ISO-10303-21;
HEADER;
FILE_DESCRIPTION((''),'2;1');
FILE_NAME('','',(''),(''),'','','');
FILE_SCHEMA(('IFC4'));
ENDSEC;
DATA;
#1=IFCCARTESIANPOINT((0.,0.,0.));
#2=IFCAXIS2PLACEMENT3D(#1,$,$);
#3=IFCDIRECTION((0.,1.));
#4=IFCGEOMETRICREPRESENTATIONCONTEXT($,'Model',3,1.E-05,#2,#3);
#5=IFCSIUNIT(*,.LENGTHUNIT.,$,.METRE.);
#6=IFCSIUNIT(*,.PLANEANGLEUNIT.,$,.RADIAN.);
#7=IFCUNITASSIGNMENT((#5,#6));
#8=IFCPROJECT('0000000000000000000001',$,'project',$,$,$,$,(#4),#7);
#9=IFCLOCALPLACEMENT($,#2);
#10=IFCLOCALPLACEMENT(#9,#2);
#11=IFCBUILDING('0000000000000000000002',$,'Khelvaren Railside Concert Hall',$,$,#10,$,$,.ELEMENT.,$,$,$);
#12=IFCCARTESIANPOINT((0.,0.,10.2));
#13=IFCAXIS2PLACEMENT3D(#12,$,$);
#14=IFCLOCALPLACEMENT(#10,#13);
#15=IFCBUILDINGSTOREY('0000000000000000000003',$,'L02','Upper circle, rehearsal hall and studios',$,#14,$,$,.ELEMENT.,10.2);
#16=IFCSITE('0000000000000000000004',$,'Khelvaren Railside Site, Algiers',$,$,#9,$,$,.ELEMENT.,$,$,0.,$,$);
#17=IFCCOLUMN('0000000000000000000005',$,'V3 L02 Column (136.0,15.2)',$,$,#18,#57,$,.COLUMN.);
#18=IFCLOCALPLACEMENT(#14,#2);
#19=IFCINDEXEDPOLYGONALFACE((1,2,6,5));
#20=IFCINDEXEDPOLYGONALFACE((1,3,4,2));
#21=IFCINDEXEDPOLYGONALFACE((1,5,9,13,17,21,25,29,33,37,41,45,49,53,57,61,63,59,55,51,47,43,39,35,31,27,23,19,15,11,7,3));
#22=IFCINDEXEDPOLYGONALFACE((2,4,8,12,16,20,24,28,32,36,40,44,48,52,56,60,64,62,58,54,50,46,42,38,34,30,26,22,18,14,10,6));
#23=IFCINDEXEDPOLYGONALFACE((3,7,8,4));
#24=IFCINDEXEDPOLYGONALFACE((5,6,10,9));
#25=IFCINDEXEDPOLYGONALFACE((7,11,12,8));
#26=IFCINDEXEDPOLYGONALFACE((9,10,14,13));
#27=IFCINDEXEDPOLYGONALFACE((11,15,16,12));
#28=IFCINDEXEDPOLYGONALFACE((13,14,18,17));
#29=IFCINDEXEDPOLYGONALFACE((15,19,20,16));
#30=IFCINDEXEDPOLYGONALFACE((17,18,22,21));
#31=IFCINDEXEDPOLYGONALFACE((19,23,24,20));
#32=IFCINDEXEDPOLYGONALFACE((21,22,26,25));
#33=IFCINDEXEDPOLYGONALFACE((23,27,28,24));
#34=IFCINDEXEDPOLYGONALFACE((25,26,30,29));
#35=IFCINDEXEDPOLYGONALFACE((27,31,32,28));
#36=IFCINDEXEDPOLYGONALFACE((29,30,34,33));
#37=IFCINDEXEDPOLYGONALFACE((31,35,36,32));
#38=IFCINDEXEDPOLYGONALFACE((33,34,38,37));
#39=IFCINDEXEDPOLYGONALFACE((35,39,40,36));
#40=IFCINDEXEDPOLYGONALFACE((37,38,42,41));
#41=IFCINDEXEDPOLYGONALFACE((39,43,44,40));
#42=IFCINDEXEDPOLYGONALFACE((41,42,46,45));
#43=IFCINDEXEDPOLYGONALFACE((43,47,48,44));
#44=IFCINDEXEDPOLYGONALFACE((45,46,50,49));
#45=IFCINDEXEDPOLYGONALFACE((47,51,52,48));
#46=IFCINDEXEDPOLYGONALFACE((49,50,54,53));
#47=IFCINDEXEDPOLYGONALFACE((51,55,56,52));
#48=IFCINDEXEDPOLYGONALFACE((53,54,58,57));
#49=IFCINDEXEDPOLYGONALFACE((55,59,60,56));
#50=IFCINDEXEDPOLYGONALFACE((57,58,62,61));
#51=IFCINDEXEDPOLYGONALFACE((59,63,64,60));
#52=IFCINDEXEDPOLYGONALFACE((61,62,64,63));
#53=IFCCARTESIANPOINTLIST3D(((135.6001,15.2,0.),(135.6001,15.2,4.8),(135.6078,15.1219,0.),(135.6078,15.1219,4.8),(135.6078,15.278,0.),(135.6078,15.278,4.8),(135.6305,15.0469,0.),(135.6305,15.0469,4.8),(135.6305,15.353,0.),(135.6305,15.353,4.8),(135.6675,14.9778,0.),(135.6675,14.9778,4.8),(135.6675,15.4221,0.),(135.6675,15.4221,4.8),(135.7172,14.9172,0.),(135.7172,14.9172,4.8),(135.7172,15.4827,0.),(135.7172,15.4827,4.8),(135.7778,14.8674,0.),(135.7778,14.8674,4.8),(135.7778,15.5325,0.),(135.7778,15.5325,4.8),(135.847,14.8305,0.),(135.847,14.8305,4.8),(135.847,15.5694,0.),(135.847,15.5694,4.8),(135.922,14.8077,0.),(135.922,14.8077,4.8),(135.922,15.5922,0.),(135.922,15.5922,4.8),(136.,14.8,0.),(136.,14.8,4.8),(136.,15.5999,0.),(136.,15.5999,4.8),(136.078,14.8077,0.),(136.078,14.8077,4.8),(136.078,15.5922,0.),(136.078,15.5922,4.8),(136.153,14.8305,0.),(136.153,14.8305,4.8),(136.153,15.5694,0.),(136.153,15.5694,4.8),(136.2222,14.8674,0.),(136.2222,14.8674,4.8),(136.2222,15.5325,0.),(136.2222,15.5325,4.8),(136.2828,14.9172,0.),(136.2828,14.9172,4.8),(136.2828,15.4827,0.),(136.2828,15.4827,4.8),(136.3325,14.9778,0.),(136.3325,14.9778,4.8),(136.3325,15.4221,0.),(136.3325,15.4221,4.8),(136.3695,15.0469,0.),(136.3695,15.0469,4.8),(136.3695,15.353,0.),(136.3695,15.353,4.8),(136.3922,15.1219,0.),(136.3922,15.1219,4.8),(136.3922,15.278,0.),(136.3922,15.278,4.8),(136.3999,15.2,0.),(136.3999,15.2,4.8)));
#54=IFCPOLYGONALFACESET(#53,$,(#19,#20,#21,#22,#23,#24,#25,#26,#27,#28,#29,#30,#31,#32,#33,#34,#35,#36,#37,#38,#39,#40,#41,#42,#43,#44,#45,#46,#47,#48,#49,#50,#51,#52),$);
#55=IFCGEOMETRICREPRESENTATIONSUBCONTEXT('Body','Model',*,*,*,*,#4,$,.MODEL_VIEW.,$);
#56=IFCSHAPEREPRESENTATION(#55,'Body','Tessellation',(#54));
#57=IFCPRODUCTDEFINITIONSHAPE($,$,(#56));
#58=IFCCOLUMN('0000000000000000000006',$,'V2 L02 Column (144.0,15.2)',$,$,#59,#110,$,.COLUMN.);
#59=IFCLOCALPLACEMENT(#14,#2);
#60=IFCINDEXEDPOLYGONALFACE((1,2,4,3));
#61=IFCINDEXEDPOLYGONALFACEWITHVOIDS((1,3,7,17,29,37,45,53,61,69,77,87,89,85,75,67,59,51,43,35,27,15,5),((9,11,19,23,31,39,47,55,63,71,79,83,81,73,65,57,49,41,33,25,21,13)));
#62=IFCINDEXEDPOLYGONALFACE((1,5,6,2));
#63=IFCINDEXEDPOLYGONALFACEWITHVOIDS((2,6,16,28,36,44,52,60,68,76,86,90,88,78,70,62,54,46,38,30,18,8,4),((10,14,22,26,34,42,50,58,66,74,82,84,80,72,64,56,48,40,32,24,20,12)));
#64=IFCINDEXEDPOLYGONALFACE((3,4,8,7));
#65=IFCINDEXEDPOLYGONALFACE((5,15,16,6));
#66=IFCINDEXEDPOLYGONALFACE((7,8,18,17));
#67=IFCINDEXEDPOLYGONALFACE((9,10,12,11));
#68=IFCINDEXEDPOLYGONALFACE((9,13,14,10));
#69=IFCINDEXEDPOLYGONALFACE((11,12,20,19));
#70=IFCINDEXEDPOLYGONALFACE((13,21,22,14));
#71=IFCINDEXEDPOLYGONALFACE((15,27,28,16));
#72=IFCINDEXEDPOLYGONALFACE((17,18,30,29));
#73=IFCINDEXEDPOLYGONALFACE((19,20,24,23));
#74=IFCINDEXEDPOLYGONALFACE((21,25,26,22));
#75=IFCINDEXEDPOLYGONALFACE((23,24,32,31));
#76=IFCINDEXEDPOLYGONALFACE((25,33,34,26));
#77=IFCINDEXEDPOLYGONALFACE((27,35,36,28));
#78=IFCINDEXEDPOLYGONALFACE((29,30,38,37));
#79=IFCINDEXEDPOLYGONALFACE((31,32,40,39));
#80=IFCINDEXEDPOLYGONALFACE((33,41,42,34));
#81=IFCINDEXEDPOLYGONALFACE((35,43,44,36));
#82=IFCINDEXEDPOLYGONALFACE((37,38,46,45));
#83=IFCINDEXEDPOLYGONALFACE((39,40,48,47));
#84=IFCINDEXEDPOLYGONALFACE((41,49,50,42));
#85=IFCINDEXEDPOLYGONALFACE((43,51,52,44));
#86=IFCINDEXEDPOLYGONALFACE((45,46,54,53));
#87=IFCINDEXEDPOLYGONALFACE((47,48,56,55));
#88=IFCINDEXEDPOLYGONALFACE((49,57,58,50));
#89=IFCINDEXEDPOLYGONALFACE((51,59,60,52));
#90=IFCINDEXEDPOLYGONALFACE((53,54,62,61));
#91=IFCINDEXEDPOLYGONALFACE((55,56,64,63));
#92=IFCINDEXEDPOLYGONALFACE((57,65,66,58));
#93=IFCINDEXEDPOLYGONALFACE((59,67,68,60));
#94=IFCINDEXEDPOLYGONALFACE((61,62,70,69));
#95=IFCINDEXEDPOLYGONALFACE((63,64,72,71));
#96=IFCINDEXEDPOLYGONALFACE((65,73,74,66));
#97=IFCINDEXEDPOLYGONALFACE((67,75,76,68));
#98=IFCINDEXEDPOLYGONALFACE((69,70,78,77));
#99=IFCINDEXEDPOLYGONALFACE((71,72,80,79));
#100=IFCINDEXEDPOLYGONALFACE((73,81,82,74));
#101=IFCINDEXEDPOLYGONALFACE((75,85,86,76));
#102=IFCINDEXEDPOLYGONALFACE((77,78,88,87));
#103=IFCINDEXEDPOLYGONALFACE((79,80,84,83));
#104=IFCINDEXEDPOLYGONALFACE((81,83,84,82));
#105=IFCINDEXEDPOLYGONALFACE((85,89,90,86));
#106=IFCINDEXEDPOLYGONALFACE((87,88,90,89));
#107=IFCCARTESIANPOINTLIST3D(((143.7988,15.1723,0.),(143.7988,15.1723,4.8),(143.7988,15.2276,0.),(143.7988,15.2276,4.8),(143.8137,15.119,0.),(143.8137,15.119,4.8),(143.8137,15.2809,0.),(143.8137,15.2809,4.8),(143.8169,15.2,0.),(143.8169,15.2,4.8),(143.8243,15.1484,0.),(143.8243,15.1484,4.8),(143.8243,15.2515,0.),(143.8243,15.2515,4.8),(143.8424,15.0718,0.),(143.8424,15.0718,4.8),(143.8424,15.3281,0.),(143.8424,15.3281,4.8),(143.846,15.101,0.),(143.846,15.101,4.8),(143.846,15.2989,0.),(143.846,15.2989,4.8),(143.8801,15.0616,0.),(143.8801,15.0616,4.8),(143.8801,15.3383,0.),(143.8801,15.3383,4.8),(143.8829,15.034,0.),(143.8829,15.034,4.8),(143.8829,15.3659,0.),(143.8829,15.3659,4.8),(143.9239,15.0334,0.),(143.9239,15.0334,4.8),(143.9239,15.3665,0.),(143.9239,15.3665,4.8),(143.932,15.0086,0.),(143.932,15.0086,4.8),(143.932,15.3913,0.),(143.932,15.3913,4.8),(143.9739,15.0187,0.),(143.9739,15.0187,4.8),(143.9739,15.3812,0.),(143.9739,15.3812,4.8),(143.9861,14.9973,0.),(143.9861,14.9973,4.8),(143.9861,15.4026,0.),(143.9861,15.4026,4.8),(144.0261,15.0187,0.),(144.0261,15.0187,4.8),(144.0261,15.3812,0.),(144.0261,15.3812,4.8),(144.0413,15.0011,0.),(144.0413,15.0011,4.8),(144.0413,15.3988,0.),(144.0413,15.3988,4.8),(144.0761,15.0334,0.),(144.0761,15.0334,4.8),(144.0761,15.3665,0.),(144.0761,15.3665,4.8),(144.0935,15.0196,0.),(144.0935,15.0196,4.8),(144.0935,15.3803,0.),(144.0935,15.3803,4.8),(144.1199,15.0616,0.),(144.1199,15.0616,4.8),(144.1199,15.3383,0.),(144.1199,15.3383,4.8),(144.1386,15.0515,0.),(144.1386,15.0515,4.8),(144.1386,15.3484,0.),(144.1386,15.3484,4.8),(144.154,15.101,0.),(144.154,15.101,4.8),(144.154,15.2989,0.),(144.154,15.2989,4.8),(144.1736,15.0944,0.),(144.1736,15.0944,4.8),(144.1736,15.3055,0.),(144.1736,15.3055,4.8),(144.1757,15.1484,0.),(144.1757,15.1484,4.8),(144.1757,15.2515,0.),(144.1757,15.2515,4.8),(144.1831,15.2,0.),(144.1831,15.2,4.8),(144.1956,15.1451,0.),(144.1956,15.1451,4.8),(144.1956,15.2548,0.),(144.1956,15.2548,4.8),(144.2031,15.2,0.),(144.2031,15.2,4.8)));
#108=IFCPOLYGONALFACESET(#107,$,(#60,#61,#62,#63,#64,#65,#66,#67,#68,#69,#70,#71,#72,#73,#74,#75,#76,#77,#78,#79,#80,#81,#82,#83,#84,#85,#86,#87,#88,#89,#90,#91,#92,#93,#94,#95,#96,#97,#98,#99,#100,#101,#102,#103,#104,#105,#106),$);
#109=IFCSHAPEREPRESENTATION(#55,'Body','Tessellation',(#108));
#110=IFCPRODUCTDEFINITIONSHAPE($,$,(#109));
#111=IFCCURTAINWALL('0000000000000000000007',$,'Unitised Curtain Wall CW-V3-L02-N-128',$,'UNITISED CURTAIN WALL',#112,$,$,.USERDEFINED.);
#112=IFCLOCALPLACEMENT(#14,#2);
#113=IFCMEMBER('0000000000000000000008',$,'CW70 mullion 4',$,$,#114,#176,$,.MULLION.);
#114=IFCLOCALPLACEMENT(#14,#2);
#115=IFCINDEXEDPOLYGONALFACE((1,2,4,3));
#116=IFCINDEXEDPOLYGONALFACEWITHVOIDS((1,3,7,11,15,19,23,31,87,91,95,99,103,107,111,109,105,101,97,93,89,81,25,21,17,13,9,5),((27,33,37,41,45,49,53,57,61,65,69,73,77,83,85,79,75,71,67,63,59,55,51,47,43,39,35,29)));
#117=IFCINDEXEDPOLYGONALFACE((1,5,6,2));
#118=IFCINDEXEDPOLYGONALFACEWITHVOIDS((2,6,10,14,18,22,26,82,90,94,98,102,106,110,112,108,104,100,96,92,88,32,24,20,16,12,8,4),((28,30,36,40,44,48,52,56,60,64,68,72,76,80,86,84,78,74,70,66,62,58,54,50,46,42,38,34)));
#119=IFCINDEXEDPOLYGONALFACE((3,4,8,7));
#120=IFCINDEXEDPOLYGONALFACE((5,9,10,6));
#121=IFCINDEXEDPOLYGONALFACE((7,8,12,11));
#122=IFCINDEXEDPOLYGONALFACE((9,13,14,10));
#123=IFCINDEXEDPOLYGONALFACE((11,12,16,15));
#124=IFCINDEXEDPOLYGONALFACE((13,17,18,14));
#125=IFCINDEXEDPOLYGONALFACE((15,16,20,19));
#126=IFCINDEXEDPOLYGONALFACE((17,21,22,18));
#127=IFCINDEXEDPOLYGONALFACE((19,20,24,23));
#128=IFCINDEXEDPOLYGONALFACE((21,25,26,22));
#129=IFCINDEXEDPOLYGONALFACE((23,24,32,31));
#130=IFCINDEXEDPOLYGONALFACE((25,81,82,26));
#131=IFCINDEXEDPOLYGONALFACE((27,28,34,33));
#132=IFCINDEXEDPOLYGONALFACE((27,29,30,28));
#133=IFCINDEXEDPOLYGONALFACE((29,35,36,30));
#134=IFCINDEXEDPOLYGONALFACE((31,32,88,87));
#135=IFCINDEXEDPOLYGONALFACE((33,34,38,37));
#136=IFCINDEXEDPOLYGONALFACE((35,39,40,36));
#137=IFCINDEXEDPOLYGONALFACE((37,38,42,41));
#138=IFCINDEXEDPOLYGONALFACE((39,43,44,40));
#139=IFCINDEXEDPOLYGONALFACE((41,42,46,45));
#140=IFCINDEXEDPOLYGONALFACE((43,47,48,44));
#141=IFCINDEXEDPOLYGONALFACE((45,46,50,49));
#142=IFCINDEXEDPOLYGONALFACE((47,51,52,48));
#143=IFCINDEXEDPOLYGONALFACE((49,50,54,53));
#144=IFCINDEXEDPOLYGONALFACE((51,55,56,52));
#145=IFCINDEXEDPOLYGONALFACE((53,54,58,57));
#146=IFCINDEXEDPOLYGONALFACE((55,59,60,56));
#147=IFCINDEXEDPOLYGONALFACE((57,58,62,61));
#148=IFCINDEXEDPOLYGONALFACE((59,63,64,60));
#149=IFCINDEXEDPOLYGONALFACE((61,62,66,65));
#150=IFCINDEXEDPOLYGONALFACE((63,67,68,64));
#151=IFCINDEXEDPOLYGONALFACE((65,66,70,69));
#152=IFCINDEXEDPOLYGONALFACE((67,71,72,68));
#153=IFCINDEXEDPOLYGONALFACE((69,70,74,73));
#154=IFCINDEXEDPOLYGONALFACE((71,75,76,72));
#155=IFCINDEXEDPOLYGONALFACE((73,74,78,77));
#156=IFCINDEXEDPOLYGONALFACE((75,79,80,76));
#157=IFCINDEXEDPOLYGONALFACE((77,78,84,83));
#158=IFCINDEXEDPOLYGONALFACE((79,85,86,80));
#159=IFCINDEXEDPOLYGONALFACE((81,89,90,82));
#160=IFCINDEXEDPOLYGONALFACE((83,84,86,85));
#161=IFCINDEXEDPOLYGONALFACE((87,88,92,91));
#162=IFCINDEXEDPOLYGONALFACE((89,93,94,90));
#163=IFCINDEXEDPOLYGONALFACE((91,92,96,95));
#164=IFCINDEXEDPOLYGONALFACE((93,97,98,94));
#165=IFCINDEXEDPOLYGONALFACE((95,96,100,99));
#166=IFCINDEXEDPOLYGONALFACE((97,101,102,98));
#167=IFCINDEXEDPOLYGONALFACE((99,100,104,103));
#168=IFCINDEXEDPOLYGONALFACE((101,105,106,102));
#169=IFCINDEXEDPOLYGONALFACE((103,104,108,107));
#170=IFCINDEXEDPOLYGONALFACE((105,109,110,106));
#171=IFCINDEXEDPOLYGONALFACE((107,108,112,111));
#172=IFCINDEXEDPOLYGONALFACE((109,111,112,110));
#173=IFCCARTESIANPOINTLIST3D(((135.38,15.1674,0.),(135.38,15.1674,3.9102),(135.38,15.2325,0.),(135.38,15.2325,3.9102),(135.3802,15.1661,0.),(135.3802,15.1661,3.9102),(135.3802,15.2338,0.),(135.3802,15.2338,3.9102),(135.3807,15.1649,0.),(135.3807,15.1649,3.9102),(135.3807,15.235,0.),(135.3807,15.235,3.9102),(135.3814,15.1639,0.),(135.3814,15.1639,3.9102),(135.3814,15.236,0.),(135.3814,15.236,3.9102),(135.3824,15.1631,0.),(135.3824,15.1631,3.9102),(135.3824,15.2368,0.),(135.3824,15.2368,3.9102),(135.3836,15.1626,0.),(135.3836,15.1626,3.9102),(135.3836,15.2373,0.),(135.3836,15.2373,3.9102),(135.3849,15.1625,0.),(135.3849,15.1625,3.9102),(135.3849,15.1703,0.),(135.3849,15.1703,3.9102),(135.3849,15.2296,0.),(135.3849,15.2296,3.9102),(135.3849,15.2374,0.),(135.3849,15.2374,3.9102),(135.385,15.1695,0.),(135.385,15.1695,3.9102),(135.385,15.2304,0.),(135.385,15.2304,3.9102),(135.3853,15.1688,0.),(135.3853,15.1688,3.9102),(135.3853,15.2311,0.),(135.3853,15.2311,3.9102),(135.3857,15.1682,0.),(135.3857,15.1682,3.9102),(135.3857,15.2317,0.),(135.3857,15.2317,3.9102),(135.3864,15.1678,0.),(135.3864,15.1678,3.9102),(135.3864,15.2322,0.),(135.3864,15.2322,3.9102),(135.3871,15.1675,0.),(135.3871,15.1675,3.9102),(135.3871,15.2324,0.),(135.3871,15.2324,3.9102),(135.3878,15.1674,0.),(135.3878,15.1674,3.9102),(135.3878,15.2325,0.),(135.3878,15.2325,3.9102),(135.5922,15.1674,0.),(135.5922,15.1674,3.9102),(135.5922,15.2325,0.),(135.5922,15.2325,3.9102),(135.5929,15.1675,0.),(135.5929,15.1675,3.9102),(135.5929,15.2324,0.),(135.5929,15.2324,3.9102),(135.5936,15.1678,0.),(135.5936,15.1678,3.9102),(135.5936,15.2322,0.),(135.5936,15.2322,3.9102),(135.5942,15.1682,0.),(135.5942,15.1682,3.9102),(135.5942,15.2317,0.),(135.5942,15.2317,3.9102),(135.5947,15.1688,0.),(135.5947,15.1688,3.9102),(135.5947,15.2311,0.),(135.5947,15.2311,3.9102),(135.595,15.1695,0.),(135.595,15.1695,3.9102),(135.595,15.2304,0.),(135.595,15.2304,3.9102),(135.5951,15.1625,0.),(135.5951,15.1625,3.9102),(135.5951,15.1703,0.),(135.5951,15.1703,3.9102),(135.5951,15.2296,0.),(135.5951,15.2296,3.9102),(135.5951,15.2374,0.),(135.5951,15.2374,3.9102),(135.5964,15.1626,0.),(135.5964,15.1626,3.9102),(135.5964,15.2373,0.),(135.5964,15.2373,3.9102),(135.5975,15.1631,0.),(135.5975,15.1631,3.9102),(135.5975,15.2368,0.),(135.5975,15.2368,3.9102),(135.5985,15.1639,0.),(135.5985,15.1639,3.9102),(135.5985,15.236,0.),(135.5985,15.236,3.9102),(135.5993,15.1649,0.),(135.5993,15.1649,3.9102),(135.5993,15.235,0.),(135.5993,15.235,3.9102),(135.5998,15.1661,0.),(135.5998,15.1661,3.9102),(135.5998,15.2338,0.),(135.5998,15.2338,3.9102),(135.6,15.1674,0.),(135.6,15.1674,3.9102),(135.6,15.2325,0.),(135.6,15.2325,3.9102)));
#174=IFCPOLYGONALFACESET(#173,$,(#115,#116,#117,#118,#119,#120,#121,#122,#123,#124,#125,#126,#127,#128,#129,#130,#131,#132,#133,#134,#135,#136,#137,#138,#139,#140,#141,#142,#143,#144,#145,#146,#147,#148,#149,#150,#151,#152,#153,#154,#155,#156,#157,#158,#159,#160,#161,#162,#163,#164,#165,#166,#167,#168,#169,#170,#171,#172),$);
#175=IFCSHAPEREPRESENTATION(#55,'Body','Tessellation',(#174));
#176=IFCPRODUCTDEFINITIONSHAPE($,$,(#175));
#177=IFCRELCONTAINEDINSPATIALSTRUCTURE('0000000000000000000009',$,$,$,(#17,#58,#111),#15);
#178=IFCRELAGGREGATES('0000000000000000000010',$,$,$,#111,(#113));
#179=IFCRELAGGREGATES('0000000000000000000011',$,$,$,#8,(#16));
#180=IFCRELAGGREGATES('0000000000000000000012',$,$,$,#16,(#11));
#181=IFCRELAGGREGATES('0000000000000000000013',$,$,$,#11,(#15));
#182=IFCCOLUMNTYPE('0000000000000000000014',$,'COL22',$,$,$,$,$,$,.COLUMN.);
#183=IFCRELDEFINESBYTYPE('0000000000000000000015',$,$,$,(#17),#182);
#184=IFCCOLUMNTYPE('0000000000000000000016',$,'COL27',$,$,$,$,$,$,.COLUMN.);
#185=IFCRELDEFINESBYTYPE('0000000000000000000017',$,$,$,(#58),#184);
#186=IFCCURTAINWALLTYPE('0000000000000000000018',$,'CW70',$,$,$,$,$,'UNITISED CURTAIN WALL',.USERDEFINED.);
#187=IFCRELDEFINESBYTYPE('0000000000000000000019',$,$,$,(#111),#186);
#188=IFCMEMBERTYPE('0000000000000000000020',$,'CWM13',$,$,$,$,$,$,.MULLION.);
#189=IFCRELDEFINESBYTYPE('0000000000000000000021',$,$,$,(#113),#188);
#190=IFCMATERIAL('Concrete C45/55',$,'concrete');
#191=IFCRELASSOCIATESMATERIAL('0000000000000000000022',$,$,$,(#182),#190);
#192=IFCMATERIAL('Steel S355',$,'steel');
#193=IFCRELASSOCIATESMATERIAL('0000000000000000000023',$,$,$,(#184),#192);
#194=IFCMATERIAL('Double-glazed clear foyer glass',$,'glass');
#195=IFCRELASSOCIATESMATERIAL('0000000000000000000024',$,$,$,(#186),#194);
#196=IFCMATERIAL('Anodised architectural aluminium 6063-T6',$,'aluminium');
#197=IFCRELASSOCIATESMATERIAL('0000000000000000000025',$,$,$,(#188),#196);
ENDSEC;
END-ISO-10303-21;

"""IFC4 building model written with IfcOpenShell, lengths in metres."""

from ifc_helpers import new_model, si_unit, direction, frame, origin, origin_2d, place, context, subcontext, project, spatial, hollow_rectangle, circle, hollow_circle, extrude, material, material_profile, profile_set, type_object, element, aggregate, save


model = new_model("IFC4")

# Units and contexts
model_context = context("Model", 3, precision=1e-05, world=origin(), true_north=direction((0.0, 1.0)))
body_context = subcontext(model_context, "Body", "Model", "MODEL_VIEW")
ifc_project = project(units=[si_unit("LENGTHUNIT", "METRE"), si_unit("PLANEANGLEUNIT", "RADIAN")], contexts=[model_context])

# Site, building, storey
site_placement = place(None, origin())
site = spatial("IfcSite", under=ifc_project, at=site_placement, Name="Khelvaren Railside Site, Algiers", CompositionType="ELEMENT", RefElevation=0.0)
building_placement = place(site_placement, origin())
building = spatial("IfcBuilding", under=site, at=building_placement, Name="Khelvaren Railside Concert Hall", CompositionType="ELEMENT")
storey_placement = place(building_placement, frame((0.0, 0.0, 10.2)))
storey = spatial("IfcBuildingStorey", under=building, at=storey_placement, Name="L02", Description="Upper circle, rehearsal hall and studios", CompositionType="ELEMENT", Elevation=10.2)

# Columns
ifc_material_1 = material(Name="Concrete C45/55", Category="concrete")
ifc_material_profile_1 = material_profile(ifc_material_1, circle(Radius=0.3999, at=origin_2d()), Name="RC D800")
ifc_profile_set_1 = profile_set([ifc_material_profile_1], Name="Concrete C45/55")
column_type_1 = type_object("IfcColumnType", Name="COL22", PredefinedType="COLUMN", material=ifc_profile_set_1)
column_1_placement = place(storey_placement, frame((136.0, 15.2, 0.0), z_axis=(0.0, 0.0, 1.0), x_axis=(1.0, 0.0, 0.0)))
element("IfcColumn", 1, at=column_1_placement, inside=storey, type_object=column_type_1, Name="V3 L02 Column (136.0,15.2)", PredefinedType="COLUMN", context=body_context, shape_type="SweptSolid", body=[
    extrude(circle(Radius=0.3999, at=origin_2d()), origin(), (0.0, 0.0, 1.0), 4.8),
])
ifc_material_2 = material(Name="Steel S355", Category="steel")
ifc_material_profile_2 = material_profile(ifc_material_2, hollow_circle(Radius=0.2031, WallThickness=0.02, at=origin_2d()), Name="CHS 406.4x20")
ifc_profile_set_2 = profile_set([ifc_material_profile_2], Name="Steel S355")
column_type_2 = type_object("IfcColumnType", Name="COL27", PredefinedType="COLUMN", material=ifc_profile_set_2)
column_2_placement = place(storey_placement, frame((144.0, 15.2, 0.0), z_axis=(0.0, 0.0, 1.0), x_axis=(1.0, 0.0, 0.0)))
element("IfcColumn", 2, at=column_2_placement, inside=storey, type_object=column_type_2, Name="V2 L02 Column (144.0,15.2)", PredefinedType="COLUMN", context=body_context, shape_type="SweptSolid", body=[
    extrude(hollow_circle(Radius=0.2031, WallThickness=0.02, at=origin_2d()), origin(), (0.0, 0.0, 1.0), 4.8),
])

# Curtain wall, member
ifc_material_3 = material(Name="Double-glazed clear foyer glass", Category="glass")
curtain_wall_type_1 = type_object("IfcCurtainWallType", Name="CW70", ElementType="UNITISED CURTAIN WALL", PredefinedType="USERDEFINED", material=ifc_material_3)
curtain_wall_1_placement = place(storey_placement, origin())
curtain_wall_1 = element("IfcCurtainWall", 3, at=curtain_wall_1_placement, inside=storey, type_object=curtain_wall_type_1, Name="Unitised Curtain Wall CW-V3-L02-N-128", ObjectType="UNITISED CURTAIN WALL", PredefinedType="USERDEFINED")
ifc_material_4 = material(Name="Anodised architectural aluminium 6063-T6", Category="aluminium")
ifc_material_profile_3 = material_profile(ifc_material_4, hollow_rectangle(XDim=0.075, YDim=0.22, WallThickness=0.0049, InnerFilletRadius=0.0029, OuterFilletRadius=0.0049, at=origin_2d()), Name="CWM 75x220x5")
ifc_profile_set_3 = profile_set([ifc_material_profile_3], Name="Anodised architectural aluminium 6063-T6")
member_type_1 = type_object("IfcMemberType", Name="CWM13", PredefinedType="MULLION", material=ifc_profile_set_3)
member_1_placement = place(storey_placement, frame((135.49, 15.2, 0.0), z_axis=(0.0, 0.0, 1.0), x_axis=(0.0, 1.0, 0.0)))
member_1 = element("IfcMember", 4, at=member_1_placement, type_object=member_type_1, Name="CW70 mullion 4", PredefinedType="MULLION", context=body_context, shape_type="SweptSolid", body=[
    extrude(hollow_rectangle(XDim=0.075, YDim=0.22, WallThickness=0.0049, InnerFilletRadius=0.0029, OuterFilletRadius=0.0049, at=origin_2d()), origin(), (0.0, 0.0, 1.0), 3.9102),
])

aggregate(curtain_wall_1, [member_1])

save(model, "model.ifc")
